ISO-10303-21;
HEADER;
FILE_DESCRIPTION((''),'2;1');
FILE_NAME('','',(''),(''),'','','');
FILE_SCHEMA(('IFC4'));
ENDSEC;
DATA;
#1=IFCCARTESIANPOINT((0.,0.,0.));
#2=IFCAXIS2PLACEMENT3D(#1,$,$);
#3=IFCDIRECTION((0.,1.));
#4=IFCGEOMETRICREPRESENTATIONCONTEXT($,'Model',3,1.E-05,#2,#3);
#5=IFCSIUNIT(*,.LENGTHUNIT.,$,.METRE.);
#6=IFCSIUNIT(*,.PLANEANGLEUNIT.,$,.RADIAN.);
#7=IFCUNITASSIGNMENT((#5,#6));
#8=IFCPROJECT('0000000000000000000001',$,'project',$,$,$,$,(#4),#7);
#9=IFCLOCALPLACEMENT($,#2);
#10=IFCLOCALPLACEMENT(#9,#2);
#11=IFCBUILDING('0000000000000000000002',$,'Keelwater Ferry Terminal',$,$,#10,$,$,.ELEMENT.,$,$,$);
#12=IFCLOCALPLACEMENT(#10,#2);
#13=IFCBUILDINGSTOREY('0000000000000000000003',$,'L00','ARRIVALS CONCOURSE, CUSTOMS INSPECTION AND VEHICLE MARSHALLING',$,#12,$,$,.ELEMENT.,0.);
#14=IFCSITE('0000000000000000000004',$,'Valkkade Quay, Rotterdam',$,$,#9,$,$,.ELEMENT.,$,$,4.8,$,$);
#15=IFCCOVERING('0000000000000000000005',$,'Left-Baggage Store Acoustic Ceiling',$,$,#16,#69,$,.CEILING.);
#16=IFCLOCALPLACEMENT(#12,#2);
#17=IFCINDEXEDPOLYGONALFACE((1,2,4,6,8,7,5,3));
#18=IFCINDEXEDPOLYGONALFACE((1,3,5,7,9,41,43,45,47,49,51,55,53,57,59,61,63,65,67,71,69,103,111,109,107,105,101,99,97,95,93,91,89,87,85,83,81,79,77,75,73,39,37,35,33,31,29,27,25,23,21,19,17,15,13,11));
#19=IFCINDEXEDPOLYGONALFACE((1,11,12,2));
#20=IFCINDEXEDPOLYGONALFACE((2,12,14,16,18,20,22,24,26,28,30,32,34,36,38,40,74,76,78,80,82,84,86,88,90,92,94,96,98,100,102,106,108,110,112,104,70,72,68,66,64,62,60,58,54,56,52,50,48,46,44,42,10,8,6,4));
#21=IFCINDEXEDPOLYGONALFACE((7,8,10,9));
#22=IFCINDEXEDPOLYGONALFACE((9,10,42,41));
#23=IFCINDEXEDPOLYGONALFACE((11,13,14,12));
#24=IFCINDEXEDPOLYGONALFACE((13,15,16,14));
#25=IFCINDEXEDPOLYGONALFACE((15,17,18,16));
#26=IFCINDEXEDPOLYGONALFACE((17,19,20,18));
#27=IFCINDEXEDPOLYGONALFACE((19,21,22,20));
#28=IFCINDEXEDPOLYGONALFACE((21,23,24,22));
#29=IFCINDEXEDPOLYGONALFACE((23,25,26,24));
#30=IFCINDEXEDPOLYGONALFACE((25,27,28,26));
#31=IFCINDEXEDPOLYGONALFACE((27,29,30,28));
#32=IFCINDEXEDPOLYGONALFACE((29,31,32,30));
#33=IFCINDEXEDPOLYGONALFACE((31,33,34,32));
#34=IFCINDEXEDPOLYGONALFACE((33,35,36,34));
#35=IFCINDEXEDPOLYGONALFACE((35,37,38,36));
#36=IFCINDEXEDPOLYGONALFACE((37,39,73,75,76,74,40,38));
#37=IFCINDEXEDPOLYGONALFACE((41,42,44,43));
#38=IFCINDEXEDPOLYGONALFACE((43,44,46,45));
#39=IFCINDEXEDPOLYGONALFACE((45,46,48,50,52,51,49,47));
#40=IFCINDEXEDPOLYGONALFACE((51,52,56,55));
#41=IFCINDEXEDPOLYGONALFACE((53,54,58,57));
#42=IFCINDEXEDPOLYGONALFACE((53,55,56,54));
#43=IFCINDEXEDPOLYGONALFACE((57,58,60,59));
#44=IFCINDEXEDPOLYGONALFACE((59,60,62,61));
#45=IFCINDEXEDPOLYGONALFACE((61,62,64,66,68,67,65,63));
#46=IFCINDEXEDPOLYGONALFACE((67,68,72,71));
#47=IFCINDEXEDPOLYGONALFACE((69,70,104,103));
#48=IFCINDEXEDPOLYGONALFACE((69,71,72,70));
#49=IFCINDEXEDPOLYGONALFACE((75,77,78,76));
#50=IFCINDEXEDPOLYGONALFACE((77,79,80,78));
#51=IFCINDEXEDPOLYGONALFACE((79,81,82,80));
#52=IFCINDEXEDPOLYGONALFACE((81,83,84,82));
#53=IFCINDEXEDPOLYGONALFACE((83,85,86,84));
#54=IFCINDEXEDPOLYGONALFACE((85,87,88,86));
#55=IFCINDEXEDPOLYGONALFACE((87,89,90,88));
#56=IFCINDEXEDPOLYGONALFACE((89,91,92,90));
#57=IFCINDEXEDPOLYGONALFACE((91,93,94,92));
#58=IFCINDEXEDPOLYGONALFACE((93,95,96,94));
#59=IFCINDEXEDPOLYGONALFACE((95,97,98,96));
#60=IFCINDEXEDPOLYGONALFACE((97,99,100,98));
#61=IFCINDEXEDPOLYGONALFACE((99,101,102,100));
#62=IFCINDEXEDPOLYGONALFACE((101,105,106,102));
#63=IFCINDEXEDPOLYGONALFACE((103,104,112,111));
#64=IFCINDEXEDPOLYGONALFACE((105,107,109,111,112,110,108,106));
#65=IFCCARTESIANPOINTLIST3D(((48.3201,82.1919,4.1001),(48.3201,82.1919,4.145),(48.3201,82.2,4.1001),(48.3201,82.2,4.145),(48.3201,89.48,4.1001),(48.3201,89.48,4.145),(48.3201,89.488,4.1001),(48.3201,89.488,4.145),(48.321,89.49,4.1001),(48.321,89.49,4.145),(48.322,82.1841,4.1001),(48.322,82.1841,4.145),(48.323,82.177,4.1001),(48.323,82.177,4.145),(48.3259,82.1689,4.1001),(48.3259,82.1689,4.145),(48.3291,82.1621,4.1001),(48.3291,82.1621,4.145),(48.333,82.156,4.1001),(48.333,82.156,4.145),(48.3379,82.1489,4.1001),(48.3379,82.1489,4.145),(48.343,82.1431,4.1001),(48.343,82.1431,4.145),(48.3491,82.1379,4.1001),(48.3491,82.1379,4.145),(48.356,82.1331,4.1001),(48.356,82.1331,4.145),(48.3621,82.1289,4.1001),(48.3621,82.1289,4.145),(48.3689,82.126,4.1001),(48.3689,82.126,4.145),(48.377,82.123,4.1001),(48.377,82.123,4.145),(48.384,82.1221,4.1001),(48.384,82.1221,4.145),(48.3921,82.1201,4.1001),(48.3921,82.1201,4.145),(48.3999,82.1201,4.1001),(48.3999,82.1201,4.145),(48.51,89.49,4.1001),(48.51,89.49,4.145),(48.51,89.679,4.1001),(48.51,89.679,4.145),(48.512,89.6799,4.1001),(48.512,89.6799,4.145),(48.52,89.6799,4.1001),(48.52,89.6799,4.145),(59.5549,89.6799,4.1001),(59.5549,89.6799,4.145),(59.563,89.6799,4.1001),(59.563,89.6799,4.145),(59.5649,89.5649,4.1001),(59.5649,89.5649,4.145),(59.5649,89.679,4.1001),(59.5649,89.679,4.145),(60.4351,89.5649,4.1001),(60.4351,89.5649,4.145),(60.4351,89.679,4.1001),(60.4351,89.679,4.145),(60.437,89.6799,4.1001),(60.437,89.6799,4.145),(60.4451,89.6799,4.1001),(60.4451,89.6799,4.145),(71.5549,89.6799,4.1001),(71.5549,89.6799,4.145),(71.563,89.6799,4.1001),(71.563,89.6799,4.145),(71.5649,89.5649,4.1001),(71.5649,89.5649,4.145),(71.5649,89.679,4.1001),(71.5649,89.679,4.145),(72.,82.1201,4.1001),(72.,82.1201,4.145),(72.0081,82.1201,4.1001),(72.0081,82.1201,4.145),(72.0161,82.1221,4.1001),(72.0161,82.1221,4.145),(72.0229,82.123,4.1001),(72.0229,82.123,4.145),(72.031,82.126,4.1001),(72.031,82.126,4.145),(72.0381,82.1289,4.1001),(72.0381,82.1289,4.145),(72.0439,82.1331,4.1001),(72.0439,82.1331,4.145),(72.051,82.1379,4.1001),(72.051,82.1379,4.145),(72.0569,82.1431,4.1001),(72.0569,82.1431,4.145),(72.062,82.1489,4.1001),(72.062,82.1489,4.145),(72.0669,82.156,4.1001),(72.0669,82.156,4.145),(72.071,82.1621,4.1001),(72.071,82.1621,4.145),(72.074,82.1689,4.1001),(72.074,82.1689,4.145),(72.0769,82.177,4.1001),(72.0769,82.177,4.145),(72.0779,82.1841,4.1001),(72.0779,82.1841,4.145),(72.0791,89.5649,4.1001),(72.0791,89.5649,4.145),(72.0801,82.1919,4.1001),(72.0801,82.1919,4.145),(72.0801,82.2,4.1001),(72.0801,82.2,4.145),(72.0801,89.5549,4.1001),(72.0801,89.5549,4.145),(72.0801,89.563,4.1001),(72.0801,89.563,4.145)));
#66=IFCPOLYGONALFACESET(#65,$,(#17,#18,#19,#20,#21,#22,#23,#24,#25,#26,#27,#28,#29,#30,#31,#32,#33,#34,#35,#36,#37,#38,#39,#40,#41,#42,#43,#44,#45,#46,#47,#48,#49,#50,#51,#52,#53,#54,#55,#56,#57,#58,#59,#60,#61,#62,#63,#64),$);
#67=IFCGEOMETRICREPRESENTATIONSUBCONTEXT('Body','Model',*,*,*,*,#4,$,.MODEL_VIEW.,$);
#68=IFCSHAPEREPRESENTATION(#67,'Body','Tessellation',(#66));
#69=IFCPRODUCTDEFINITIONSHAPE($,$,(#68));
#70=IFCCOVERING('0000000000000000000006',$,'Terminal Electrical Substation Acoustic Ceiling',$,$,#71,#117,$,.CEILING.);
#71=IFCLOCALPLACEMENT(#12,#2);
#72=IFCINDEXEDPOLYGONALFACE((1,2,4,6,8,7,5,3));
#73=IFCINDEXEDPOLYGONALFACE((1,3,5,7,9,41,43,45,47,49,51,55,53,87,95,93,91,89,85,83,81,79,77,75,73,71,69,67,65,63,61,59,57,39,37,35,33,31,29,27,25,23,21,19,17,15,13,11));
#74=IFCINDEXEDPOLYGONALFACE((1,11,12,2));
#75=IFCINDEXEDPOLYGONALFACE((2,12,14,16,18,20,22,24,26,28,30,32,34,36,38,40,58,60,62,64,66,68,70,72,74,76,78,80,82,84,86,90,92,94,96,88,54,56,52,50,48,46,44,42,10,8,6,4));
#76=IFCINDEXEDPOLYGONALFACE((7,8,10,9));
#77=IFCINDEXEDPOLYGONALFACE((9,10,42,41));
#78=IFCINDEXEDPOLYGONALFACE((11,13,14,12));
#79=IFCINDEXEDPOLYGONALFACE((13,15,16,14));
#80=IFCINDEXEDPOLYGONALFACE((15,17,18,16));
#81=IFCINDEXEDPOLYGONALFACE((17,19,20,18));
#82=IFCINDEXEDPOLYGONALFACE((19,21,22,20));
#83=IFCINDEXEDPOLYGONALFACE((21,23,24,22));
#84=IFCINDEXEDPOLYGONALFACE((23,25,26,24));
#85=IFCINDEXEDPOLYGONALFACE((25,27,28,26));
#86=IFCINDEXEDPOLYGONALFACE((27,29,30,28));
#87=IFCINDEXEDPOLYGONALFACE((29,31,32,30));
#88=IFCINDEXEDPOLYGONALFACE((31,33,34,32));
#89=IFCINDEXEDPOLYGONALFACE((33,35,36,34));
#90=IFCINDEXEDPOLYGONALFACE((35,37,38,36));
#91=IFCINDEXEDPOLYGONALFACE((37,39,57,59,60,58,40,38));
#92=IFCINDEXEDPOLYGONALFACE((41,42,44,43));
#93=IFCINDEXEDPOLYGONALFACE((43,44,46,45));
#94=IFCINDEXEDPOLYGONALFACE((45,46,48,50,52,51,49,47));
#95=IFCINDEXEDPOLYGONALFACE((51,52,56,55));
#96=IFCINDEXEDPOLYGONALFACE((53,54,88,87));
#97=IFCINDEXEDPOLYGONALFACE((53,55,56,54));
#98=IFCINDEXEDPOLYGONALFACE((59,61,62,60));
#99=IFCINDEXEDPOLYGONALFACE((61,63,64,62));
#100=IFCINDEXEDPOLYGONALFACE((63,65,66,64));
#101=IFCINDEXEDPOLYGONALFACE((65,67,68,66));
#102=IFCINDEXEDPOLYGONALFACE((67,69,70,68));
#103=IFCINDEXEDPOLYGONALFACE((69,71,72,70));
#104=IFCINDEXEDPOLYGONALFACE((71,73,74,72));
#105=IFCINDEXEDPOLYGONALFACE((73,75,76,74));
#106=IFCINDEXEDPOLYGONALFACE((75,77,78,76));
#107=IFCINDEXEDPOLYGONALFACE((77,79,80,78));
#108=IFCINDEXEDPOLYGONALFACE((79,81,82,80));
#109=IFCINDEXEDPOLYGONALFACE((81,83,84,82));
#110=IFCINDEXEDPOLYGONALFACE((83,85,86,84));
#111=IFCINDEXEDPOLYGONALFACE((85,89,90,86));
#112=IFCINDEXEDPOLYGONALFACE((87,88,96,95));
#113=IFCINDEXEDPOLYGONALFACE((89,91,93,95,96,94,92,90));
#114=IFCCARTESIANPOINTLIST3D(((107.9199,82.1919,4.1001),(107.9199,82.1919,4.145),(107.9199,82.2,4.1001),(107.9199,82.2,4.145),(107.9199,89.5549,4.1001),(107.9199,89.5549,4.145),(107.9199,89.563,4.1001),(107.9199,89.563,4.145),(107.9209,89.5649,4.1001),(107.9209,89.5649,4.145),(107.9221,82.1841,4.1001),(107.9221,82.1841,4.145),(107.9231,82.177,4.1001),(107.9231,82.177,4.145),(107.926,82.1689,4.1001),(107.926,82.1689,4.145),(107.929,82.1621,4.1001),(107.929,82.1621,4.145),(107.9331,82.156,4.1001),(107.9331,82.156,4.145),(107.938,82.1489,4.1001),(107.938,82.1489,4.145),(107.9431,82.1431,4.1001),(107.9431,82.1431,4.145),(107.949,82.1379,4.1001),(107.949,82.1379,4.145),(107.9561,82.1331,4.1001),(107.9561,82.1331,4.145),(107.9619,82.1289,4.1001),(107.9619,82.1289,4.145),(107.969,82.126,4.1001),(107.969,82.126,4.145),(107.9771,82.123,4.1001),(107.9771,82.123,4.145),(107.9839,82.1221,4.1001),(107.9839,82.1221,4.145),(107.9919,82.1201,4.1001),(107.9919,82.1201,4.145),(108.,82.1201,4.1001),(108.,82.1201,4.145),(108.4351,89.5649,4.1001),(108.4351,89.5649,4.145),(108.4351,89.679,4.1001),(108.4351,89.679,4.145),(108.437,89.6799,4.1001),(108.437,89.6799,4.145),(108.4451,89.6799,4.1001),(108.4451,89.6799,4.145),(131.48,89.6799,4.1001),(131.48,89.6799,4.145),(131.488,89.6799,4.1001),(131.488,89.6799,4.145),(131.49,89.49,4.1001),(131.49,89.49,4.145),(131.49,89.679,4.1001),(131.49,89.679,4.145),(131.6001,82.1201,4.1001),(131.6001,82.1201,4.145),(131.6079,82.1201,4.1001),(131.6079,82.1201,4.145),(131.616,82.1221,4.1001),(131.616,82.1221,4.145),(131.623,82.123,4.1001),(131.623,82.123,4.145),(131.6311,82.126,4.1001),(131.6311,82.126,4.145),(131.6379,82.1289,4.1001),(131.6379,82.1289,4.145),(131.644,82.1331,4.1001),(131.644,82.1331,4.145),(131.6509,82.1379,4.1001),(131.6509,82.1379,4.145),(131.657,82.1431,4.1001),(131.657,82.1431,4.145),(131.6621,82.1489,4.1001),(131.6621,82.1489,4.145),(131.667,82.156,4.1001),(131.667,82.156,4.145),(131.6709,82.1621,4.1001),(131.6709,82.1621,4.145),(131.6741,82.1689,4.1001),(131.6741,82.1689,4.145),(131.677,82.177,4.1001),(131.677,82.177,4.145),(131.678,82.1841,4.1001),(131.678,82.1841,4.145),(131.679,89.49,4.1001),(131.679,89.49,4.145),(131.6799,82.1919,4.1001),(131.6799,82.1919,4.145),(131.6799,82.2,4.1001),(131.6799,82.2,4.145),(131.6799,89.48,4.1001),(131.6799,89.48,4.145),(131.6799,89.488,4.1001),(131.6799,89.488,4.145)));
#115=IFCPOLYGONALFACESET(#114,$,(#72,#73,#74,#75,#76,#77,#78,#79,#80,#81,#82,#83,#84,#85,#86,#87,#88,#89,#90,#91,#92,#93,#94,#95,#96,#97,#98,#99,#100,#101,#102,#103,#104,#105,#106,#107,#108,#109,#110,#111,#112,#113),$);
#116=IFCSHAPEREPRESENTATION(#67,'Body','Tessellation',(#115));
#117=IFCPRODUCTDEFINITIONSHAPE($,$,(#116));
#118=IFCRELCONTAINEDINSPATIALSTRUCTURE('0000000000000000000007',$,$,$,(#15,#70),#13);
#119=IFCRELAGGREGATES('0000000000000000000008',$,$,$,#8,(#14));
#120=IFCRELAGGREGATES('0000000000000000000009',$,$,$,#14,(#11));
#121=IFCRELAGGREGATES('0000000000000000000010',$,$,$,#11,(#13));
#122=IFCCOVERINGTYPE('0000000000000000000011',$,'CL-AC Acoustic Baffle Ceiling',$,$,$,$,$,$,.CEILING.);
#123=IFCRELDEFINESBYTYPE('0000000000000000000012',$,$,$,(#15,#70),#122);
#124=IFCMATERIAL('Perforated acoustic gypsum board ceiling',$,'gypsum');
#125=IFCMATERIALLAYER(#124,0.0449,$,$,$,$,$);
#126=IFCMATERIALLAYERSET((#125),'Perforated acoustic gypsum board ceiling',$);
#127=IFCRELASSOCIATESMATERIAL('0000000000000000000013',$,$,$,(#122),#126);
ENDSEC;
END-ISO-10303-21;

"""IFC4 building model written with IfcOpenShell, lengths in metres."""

from ifc_helpers import new_model, si_unit, direction, frame, origin, place, context, subcontext, project, spatial, polyline, outline, extrude, material, layer, layer_set, type_object, element, save


model = new_model("IFC4")

# Units and contexts
model_context = context("Model", 3, precision=1e-05, world=origin(), true_north=direction((0.0, 1.0)))
body_context = subcontext(model_context, "Body", "Model", "MODEL_VIEW")
ifc_project = project(units=[si_unit("LENGTHUNIT", "METRE"), si_unit("PLANEANGLEUNIT", "RADIAN")], contexts=[model_context])

# Site, building, storey
site_placement = place(None, origin())
site = spatial("IfcSite", under=ifc_project, at=site_placement, Name="Valkkade Quay, Rotterdam", CompositionType="ELEMENT", RefElevation=4.8)
building_placement = place(site_placement, origin())
building = spatial("IfcBuilding", under=site, at=building_placement, Name="Keelwater Ferry Terminal", CompositionType="ELEMENT")
storey_placement = place(building_placement, origin())
storey = spatial("IfcBuildingStorey", under=building, at=storey_placement, Name="L00", Description="ARRIVALS CONCOURSE, CUSTOMS INSPECTION AND VEHICLE MARSHALLING", CompositionType="ELEMENT", Elevation=0.0)

# Coverings
ifc_material_1 = material(Name="Perforated acoustic gypsum board ceiling", Category="gypsum")
ifc_layer_1 = layer(ifc_material_1, 0.0449)
ifc_layer_set_1 = layer_set([ifc_layer_1], Name="Perforated acoustic gypsum board ceiling")
covering_type_1 = type_object("IfcCoveringType", Name="CL-AC Acoustic Baffle Ceiling", PredefinedType="CEILING", material=ifc_layer_set_1)
covering_1_placement = place(storey_placement, frame((0.0, 0.0, 4.1001)))
element("IfcCovering", 1, at=covering_1_placement, inside=storey, type_object=covering_type_1, Name="Left-Baggage Store Acoustic Ceiling", PredefinedType="CEILING", context=body_context, shape_type="SweptSolid", body=[
    extrude(outline(polyline([(59.5649, 89.679), (59.5649, 89.5649), (60.4351, 89.5649), (60.4351, 89.679), (60.437, 89.6799), (60.4451, 89.6799), (71.5549, 89.6799), (71.563, 89.6799), (71.5649, 89.679), (71.5649, 89.5649), (72.0791, 89.5649), (72.0801, 89.563), (72.0801, 89.5549), (72.0801, 82.2), (72.0801, 82.1919), (72.0779, 82.1841), (72.0769, 82.177), (72.074, 82.1689), (72.071, 82.1621), (72.0669, 82.156), (72.062, 82.1489), (72.0569, 82.1431), (72.051, 82.1379), (72.0439, 82.1331), (72.0381, 82.1289), (72.031, 82.126), (72.0229, 82.123), (72.0161, 82.1221), (72.0081, 82.1201), (72.0, 82.1201), (48.3999, 82.1201), (48.3921, 82.1201), (48.384, 82.1221), (48.377, 82.123), (48.3689, 82.126), (48.3621, 82.1289), (48.356, 82.1331), (48.3491, 82.1379), (48.343, 82.1431), (48.3379, 82.1489), (48.333, 82.156), (48.3291, 82.1621), (48.3259, 82.1689), (48.323, 82.177), (48.322, 82.1841), (48.3201, 82.1919), (48.3201, 82.2), (48.3201, 89.48), (48.3201, 89.488), (48.321, 89.49), (48.51, 89.49), (48.51, 89.679), (48.512, 89.6799), (48.52, 89.6799), (59.5549, 89.6799), (59.563, 89.6799), (59.5649, 89.679)])), origin(), (0.0, 0.0, 1.0), 0.0449),
])
covering_2_placement = place(storey_placement, frame((0.0, 0.0, 4.1001)))
element("IfcCovering", 2, at=covering_2_placement, inside=storey, type_object=covering_type_1, Name="Terminal Electrical Substation Acoustic Ceiling", PredefinedType="CEILING", context=body_context, shape_type="SweptSolid", body=[
    extrude(outline(polyline([(108.437, 89.6799), (108.4451, 89.6799), (131.48, 89.6799), (131.488, 89.6799), (131.49, 89.679), (131.49, 89.49), (131.679, 89.49), (131.6799, 89.488), (131.6799, 89.48), (131.6799, 82.2), (131.6799, 82.1919), (131.678, 82.1841), (131.677, 82.177), (131.6741, 82.1689), (131.6709, 82.1621), (131.667, 82.156), (131.6621, 82.1489), (131.657, 82.1431), (131.6509, 82.1379), (131.644, 82.1331), (131.6379, 82.1289), (131.6311, 82.126), (131.623, 82.123), (131.616, 82.1221), (131.6079, 82.1201), (131.6001, 82.1201), (108.0, 82.1201), (107.9919, 82.1201), (107.9839, 82.1221), (107.9771, 82.123), (107.969, 82.126), (107.9619, 82.1289), (107.9561, 82.1331), (107.949, 82.1379), (107.9431, 82.1431), (107.938, 82.1489), (107.9331, 82.156), (107.929, 82.1621), (107.926, 82.1689), (107.9231, 82.177), (107.9221, 82.1841), (107.9199, 82.1919), (107.9199, 82.2), (107.9199, 89.5549), (107.9199, 89.563), (107.9209, 89.5649), (108.4351, 89.5649), (108.4351, 89.679), (108.437, 89.6799)])), origin(), (0.0, 0.0, 1.0), 0.0449),
])

save(model, "model.ifc")
